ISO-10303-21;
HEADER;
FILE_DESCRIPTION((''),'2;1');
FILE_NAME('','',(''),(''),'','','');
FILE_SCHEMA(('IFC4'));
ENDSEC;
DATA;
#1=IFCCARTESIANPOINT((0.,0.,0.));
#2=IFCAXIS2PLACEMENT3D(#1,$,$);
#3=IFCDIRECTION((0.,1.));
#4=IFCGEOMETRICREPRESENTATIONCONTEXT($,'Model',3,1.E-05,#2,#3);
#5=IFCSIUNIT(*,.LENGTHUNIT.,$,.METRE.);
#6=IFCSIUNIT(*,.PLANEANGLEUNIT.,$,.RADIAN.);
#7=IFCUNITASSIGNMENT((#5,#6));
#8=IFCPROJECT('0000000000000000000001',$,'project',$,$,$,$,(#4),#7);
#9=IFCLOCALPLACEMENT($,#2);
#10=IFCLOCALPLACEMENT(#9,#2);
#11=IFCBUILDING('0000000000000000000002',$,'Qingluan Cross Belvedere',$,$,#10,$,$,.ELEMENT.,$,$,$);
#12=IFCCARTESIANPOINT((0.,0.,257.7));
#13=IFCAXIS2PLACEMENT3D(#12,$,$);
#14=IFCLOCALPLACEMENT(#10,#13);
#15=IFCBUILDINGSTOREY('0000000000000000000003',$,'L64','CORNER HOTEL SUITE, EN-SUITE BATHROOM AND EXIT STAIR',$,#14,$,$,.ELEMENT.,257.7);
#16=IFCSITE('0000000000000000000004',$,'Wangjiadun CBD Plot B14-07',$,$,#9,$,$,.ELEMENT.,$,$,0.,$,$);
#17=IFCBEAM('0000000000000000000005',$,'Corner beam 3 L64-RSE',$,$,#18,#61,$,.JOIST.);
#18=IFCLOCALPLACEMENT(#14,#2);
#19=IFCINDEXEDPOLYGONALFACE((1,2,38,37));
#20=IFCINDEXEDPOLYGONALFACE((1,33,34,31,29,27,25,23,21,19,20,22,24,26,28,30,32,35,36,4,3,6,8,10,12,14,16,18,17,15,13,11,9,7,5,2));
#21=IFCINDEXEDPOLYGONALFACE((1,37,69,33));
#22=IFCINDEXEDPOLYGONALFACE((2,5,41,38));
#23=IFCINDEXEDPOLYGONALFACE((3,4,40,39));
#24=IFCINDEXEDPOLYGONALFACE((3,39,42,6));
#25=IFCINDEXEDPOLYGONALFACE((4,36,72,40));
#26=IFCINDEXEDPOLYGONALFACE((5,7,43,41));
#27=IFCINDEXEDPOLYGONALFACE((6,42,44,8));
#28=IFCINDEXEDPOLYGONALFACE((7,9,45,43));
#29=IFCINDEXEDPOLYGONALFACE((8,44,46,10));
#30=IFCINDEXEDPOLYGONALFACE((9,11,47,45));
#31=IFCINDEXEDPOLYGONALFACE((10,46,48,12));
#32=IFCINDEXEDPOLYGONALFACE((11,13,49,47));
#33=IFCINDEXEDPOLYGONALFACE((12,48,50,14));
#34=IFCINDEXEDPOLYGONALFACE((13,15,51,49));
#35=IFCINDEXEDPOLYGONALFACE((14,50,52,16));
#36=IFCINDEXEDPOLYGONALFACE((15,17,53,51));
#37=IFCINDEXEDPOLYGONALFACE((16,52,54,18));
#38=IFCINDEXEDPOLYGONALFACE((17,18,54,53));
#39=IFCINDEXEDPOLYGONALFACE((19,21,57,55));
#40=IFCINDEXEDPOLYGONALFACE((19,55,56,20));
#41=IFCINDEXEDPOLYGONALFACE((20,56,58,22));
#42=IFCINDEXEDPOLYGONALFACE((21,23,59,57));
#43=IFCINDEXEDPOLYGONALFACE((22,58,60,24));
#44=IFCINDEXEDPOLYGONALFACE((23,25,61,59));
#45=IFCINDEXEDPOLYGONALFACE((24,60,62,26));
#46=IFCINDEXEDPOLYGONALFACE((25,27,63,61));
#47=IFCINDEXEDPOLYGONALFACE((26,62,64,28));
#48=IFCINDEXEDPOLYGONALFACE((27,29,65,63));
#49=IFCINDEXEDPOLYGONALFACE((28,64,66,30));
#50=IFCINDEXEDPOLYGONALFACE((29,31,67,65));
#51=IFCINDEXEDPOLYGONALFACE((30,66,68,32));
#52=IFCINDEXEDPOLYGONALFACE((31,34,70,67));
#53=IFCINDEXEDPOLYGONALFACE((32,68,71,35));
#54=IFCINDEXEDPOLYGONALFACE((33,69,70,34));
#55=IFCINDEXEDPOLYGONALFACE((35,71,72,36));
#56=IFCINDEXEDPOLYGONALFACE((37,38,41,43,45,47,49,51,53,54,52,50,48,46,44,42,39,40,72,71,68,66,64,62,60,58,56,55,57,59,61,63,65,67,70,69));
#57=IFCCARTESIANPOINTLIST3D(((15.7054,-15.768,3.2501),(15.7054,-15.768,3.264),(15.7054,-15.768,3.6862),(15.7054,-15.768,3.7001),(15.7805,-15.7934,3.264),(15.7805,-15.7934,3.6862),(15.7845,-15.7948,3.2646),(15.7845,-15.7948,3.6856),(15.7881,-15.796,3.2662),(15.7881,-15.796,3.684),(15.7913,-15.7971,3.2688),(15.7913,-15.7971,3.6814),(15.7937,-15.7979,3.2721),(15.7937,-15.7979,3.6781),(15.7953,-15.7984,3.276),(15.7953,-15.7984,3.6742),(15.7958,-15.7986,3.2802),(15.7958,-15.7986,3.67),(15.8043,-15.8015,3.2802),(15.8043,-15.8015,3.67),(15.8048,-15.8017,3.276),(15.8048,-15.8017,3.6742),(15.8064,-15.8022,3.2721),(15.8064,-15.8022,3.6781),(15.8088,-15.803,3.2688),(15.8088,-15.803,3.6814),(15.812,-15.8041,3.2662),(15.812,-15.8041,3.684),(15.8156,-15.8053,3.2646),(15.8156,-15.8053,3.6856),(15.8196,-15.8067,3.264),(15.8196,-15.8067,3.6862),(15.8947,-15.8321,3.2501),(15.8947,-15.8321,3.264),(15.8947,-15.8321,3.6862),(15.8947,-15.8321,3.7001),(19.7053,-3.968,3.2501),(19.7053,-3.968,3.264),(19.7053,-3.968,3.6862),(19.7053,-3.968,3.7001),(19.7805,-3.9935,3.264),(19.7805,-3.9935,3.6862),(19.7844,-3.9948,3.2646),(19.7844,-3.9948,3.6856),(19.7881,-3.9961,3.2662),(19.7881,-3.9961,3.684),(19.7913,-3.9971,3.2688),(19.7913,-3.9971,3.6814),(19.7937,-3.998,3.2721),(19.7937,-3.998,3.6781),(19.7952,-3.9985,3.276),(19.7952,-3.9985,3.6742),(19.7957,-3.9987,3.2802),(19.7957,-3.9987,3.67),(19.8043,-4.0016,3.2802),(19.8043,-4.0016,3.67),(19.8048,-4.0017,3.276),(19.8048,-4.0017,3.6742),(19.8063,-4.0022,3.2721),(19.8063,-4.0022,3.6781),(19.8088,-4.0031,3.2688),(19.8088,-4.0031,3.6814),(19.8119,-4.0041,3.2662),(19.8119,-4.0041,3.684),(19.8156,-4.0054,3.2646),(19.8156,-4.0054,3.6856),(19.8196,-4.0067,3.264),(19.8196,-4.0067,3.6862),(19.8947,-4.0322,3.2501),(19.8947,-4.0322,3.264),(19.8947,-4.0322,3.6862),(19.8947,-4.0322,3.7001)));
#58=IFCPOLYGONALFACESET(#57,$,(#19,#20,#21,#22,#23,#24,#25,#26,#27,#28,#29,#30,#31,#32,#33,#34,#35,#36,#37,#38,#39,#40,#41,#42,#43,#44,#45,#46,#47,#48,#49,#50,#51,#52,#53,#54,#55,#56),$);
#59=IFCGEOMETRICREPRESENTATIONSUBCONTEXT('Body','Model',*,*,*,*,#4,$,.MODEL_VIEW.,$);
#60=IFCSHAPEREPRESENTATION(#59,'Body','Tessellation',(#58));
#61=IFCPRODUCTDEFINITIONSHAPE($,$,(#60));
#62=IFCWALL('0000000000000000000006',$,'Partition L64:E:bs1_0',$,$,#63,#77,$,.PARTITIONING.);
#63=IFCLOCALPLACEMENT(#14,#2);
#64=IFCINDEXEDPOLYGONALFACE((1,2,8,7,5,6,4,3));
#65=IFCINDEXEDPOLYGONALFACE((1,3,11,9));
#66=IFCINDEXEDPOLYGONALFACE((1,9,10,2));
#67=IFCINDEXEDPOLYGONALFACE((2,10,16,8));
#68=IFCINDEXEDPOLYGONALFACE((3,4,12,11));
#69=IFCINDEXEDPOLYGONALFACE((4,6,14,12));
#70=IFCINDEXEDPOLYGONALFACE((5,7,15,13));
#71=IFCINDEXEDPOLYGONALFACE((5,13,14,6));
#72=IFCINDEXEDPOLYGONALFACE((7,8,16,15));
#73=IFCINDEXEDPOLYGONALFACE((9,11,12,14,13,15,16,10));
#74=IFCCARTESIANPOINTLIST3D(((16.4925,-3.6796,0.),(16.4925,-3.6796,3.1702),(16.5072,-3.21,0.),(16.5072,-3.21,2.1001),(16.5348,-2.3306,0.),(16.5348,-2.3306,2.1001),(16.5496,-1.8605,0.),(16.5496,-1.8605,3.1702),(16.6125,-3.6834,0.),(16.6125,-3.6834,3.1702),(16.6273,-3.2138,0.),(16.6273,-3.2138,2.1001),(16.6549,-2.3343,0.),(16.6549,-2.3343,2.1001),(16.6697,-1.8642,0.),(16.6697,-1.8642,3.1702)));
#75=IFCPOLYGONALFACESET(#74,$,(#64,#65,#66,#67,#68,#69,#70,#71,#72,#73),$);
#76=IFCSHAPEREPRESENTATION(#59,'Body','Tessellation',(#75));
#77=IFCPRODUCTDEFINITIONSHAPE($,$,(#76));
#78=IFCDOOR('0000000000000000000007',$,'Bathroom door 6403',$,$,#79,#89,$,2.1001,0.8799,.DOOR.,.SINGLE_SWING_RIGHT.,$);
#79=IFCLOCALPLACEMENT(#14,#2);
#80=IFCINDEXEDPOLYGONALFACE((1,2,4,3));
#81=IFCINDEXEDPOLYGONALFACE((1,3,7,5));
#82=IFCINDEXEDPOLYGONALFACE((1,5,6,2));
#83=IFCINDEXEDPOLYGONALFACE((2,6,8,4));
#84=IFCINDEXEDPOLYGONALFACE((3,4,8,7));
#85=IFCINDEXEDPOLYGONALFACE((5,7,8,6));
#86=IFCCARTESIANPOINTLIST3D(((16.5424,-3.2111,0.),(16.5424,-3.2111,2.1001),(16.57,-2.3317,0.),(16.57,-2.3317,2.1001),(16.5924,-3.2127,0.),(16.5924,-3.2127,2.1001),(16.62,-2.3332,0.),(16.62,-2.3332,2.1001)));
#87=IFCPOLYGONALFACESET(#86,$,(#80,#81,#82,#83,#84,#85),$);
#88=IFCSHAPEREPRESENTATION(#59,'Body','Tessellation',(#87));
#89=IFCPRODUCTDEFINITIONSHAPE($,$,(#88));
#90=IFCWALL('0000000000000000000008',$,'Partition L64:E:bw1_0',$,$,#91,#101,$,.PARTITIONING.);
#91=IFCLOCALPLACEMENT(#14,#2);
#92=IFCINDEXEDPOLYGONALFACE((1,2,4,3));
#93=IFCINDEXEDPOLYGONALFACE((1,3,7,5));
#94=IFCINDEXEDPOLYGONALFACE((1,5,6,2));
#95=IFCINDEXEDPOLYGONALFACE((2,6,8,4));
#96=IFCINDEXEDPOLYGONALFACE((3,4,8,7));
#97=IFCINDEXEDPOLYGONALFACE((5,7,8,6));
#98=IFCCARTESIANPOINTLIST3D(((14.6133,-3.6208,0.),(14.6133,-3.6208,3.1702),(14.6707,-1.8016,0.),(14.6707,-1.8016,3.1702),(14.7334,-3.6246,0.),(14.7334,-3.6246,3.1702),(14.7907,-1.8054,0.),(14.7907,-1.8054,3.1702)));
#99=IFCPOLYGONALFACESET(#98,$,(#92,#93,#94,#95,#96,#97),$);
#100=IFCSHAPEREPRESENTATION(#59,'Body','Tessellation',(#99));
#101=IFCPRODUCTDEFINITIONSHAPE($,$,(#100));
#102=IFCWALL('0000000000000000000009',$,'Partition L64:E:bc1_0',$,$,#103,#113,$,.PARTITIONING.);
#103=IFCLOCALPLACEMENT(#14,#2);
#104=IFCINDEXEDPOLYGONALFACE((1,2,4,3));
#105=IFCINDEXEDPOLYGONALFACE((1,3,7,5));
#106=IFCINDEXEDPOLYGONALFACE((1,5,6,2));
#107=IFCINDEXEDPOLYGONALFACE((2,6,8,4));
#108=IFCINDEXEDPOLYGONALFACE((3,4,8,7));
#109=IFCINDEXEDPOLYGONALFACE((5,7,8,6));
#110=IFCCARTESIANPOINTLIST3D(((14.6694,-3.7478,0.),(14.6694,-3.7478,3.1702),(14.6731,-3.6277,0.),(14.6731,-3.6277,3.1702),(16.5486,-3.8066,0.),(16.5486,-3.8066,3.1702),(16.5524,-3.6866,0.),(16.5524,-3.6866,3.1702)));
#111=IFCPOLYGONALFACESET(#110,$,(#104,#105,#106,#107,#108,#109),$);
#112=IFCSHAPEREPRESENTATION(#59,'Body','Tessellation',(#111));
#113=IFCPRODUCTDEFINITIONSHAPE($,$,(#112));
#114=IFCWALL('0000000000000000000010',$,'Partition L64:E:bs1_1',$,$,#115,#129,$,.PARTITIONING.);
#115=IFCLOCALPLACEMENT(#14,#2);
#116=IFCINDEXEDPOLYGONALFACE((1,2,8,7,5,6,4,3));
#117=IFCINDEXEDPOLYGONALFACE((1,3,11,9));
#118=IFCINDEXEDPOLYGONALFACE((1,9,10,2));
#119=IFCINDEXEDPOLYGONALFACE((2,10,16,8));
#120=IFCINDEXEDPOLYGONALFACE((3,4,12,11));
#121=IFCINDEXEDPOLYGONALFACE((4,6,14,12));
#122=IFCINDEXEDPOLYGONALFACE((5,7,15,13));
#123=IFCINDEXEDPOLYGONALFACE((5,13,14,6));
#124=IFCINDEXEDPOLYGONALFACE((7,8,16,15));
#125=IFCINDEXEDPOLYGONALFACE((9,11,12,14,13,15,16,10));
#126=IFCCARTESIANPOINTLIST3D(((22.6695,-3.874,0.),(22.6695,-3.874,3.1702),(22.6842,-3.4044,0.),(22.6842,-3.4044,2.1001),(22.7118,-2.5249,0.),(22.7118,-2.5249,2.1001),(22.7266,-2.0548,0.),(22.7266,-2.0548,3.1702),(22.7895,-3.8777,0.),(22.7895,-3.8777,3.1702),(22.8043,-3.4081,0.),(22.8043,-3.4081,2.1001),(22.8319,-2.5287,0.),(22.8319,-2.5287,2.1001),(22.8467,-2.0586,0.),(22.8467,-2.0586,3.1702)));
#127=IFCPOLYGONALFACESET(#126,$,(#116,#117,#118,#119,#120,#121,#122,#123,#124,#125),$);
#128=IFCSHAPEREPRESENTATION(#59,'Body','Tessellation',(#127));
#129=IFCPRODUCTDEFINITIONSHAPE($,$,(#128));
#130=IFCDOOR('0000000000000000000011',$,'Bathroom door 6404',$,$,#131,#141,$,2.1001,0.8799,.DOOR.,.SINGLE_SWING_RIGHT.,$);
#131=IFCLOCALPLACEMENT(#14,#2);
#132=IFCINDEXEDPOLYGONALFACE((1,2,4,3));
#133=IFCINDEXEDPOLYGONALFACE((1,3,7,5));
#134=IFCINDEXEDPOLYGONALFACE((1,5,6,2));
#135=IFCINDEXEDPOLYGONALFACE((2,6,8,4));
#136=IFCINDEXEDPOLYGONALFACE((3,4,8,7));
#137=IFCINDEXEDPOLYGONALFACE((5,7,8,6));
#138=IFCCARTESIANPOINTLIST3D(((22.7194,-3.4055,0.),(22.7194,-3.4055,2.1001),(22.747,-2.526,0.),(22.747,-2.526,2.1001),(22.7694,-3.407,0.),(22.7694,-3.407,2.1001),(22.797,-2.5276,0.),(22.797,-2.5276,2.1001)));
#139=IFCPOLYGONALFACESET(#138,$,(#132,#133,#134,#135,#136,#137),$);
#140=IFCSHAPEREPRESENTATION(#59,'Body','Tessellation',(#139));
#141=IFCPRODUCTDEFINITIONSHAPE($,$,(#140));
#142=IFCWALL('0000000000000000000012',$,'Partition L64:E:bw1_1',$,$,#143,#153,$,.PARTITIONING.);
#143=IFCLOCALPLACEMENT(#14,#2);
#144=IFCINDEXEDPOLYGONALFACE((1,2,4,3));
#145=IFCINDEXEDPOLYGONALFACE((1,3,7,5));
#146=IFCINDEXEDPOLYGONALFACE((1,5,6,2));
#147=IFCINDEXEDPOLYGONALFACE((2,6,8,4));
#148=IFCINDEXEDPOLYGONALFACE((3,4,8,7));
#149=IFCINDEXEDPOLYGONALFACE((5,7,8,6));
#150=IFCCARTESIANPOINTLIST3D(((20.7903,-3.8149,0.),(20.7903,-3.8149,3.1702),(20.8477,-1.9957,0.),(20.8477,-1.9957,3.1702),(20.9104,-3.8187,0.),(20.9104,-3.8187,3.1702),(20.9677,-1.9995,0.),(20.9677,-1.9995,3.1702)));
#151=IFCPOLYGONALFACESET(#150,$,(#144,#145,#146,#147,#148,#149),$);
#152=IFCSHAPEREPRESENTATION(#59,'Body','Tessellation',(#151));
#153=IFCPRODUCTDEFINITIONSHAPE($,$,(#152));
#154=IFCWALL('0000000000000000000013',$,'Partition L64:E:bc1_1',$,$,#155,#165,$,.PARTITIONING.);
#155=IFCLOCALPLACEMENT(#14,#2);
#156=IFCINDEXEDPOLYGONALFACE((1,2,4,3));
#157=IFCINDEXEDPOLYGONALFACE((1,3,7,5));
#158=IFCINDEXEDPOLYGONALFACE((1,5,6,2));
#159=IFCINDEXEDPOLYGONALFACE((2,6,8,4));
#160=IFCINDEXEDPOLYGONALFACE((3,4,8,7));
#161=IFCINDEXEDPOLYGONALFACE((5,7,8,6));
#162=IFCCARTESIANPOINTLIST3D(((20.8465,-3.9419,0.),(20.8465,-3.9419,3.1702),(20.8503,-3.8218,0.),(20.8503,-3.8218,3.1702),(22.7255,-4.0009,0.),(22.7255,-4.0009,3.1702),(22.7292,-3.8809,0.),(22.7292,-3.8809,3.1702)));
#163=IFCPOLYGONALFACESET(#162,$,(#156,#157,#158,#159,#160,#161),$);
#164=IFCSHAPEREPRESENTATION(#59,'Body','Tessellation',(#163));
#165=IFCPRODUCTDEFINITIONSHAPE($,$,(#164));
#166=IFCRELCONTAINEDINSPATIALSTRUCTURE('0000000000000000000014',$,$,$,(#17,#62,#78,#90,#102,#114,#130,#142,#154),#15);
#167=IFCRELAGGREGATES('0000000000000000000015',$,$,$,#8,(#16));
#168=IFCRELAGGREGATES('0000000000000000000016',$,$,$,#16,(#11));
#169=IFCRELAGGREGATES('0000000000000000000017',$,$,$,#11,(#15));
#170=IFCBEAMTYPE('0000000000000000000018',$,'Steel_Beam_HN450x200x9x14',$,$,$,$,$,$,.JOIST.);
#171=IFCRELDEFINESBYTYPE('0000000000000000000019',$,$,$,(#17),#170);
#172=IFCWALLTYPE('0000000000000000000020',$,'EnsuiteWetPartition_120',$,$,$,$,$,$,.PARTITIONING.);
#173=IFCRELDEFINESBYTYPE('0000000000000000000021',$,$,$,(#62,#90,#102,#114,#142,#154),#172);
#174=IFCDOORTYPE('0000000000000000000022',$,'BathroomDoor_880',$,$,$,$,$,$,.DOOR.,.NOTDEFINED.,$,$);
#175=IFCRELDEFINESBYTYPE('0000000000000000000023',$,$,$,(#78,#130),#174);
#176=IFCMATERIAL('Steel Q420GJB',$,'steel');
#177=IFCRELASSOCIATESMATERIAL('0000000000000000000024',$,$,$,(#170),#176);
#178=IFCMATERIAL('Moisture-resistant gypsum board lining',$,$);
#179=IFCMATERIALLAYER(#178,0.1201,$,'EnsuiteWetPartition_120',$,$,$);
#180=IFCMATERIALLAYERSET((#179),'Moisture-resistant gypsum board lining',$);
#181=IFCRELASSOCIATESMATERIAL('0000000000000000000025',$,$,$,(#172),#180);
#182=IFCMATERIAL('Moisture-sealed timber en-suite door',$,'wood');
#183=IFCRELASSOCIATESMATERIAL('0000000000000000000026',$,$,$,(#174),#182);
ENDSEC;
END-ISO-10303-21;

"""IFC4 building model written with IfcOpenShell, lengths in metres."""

from ifc_helpers import new_model, si_unit, direction, frame, frame_2d, origin, origin_2d, place, context, subcontext, project, spatial, rectangle, i_section, extrude, material, layer, layer_set, material_profile, profile_set, type_object, element, fill, save


model = new_model("IFC4")

# Units and contexts
model_context = context("Model", 3, precision=1e-05, world=origin(), true_north=direction((0.0, 1.0)))
body_context = subcontext(model_context, "Body", "Model", "MODEL_VIEW")
ifc_project = project(units=[si_unit("LENGTHUNIT", "METRE"), si_unit("PLANEANGLEUNIT", "RADIAN")], contexts=[model_context])

# Site, building, storey
site_placement = place(None, origin())
site = spatial("IfcSite", under=ifc_project, at=site_placement, Name="Wangjiadun CBD Plot B14-07", CompositionType="ELEMENT", RefElevation=0.0)
building_placement = place(site_placement, origin())
building = spatial("IfcBuilding", under=site, at=building_placement, Name="Qingluan Cross Belvedere", CompositionType="ELEMENT")
storey_placement = place(building_placement, frame((0.0, 0.0, 257.7)))
storey = spatial("IfcBuildingStorey", under=building, at=storey_placement, Name="L64", Description="CORNER HOTEL SUITE, EN-SUITE BATHROOM AND EXIT STAIR", CompositionType="ELEMENT", Elevation=257.7)

# Beam
ifc_material_1 = material(Name="Steel Q420GJB", Category="steel")
ifc_material_profile_1 = material_profile(ifc_material_1, i_section(OverallWidth=0.2, OverallDepth=0.45, WebThickness=0.009, FlangeThickness=0.0139, FilletRadius=0.0161, at=origin_2d()), Name="HN450x200x9x14")
ifc_profile_set_1 = profile_set([ifc_material_profile_1], Name="Steel Q420GJB")
beam_type_1 = type_object("IfcBeamType", Name="Steel_Beam_HN450x200x9x14", PredefinedType="JOIST", material=ifc_profile_set_1)
for number, where, z_axis, x_axis, name in (
    (1, (15.8, -15.8, 3.4751), (0.321038, 0.947066, 0.0), (-0.947066, 0.321038, 0.0), "Corner beam 3 L64-RSE"),
):
    element("IfcBeam", number, at=place(storey_placement, frame(where, z_axis=z_axis, x_axis=x_axis)), inside=storey, type_object=beam_type_1, Name=name, PredefinedType="JOIST", context=body_context, shape_type="SweptSolid", body=[
        extrude(i_section(OverallWidth=0.2, OverallDepth=0.45, WebThickness=0.009, FlangeThickness=0.0139, FilletRadius=0.0161, at=origin_2d()), origin(), (0.0, 0.0, 1.0), 12.4595),
    ])

# Wall, opening, door
ifc_material_2 = material(Name="Moisture-resistant gypsum board lining")
ifc_layer_1 = layer(ifc_material_2, 0.1201, Name="EnsuiteWetPartition_120")
ifc_layer_set_1 = layer_set([ifc_layer_1], Name="Moisture-resistant gypsum board lining")
wall_type_1 = type_object("IfcWallType", Name="EnsuiteWetPartition_120", PredefinedType="PARTITIONING", material=ifc_layer_set_1)
wall_1_placement = place(storey_placement, frame((16.5525, -3.6816, 0.0), z_axis=(0.0, 0.0, 1.0), x_axis=(0.03139, 0.999507, 0.0)))
wall_1 = element("IfcWall", 2, at=wall_1_placement, inside=storey, type_object=wall_type_1, Name="Partition L64:E:bs1_0", PredefinedType="PARTITIONING", context=body_context, shape_type="SweptSolid", body=[
    extrude(rectangle(XDim=1.8201, YDim=0.1201, at=frame_2d((0.9102, 0.0))), origin(), (0.0, 0.0, 1.0), 3.1702),
])
opening_1_placement = place(wall_1_placement, frame((0.47, 0.0, 0.0)))
opening_1 = element("IfcOpeningElement", 3, at=opening_1_placement, cuts=wall_1, PredefinedType="OPENING", context=body_context, shape_type="SweptSolid", body=[
    extrude(rectangle(XDim=0.8799, YDim=2.1001, at=frame_2d((0.4399, 1.05))), frame((0.0, 0.0701, 0.0), z_axis=(0.0, -1.0, 0.0), x_axis=(1.0, 0.0, 0.0)), (0.0, 0.0, 1.0), 0.1401),
])
ifc_material_3 = material(Name="Moisture-sealed timber en-suite door", Category="wood")
door_type = type_object("IfcDoorType", Name="BathroomDoor_880", OperationType="NOTDEFINED", PredefinedType="DOOR", material=ifc_material_3)
door_1_placement = place(opening_1_placement, origin())
door_1 = element("IfcDoor", 4, at=door_1_placement, inside=storey, type_object=door_type, Name="Bathroom door 6403", OperationType="SINGLE_SWING_RIGHT", OverallHeight=2.1001, OverallWidth=0.8799, PredefinedType="DOOR", context=body_context, shape_type="SweptSolid", body=[
    extrude(rectangle(XDim=0.8799, YDim=2.1001, at=frame_2d((0.4399, 1.05))), frame((0.0, 0.0249, 0.0), z_axis=(0.0, -1.0, 0.0), x_axis=(1.0, 0.0, 0.0)), (0.0, 0.0, 1.0), 0.05),
])
fill(opening_1, door_1)

# Walls
wall_2_placement = place(storey_placement, frame((14.6733, -3.6228, 0.0), z_axis=(0.0, 0.0, 1.0), x_axis=(0.031524, 0.999503, 0.0)))
element("IfcWall", 5, at=wall_2_placement, inside=storey, type_object=wall_type_1, Name="Partition L64:E:bw1_0", PredefinedType="PARTITIONING", context=body_context, shape_type="SweptSolid", body=[
    extrude(rectangle(XDim=1.8201, YDim=0.1201, at=frame_2d((0.9102, 0.0))), origin(), (0.0, 0.0, 1.0), 3.1702),
])
wall_3_placement = place(storey_placement, frame((14.6714, -3.6877, 0.0), z_axis=(0.0, 0.0, 1.0), x_axis=(0.99951, -0.031296, 0.0)))
element("IfcWall", 6, at=wall_3_placement, inside=storey, type_object=wall_type_1, Name="Partition L64:E:bc1_0", PredefinedType="PARTITIONING", context=body_context, shape_type="SweptSolid", body=[
    extrude(rectangle(XDim=1.8801, YDim=0.1201, at=frame_2d((0.9399, 0.0))), origin(), (0.0, 0.0, 1.0), 3.1702),
])

# Wall, opening, door
wall_4_placement = place(storey_placement, frame((22.7295, -3.876, 0.0), z_axis=(0.0, 0.0, 1.0), x_axis=(0.03139, 0.999507, 0.0)))
wall_4 = element("IfcWall", 7, at=wall_4_placement, inside=storey, type_object=wall_type_1, Name="Partition L64:E:bs1_1", PredefinedType="PARTITIONING", context=body_context, shape_type="SweptSolid", body=[
    extrude(rectangle(XDim=1.8201, YDim=0.1201, at=frame_2d((0.9102, 0.0))), origin(), (0.0, 0.0, 1.0), 3.1702),
])
opening_2_placement = place(wall_4_placement, frame((0.47, 0.0, 0.0)))
opening_2 = element("IfcOpeningElement", 8, at=opening_2_placement, cuts=wall_4, PredefinedType="OPENING", context=body_context, shape_type="SweptSolid", body=[
    extrude(rectangle(XDim=0.8799, YDim=2.1001, at=frame_2d((0.4399, 1.05))), frame((0.0, 0.0701, 0.0), z_axis=(0.0, -1.0, 0.0), x_axis=(1.0, 0.0, 0.0)), (0.0, 0.0, 1.0), 0.1401),
])
door_2_placement = place(opening_2_placement, origin())
door_2 = element("IfcDoor", 9, at=door_2_placement, inside=storey, type_object=door_type, Name="Bathroom door 6404", OperationType="SINGLE_SWING_RIGHT", OverallHeight=2.1001, OverallWidth=0.8799, PredefinedType="DOOR", context=body_context, shape_type="SweptSolid", body=[
    extrude(rectangle(XDim=0.8799, YDim=2.1001, at=frame_2d((0.4399, 1.05))), frame((0.0, 0.0249, 0.0), z_axis=(0.0, -1.0, 0.0), x_axis=(1.0, 0.0, 0.0)), (0.0, 0.0, 1.0), 0.05),
])
fill(opening_2, door_2)

# Walls
wall_5_placement = place(storey_placement, frame((20.8503, -3.8169, 0.0), z_axis=(0.0, 0.0, 1.0), x_axis=(0.031524, 0.999503, 0.0)))
element("IfcWall", 10, at=wall_5_placement, inside=storey, type_object=wall_type_1, Name="Partition L64:E:bw1_1", PredefinedType="PARTITIONING", context=body_context, shape_type="SweptSolid", body=[
    extrude(rectangle(XDim=1.8201, YDim=0.1201, at=frame_2d((0.9102, 0.0))), origin(), (0.0, 0.0, 1.0), 3.1702),
])
wall_6_placement = place(storey_placement, frame((20.8484, -3.8818, 0.0), z_axis=(0.0, 0.0, 1.0), x_axis=(0.999506, -0.031429, 0.0)))
element("IfcWall", 11, at=wall_6_placement, inside=storey, type_object=wall_type_1, Name="Partition L64:E:bc1_1", PredefinedType="PARTITIONING", context=body_context, shape_type="SweptSolid", body=[
    extrude(rectangle(XDim=1.8799, YDim=0.1201, at=frame_2d((0.9399, 0.0))), origin(), (0.0, 0.0, 1.0), 3.1702),
])

save(model, "model.ifc")
